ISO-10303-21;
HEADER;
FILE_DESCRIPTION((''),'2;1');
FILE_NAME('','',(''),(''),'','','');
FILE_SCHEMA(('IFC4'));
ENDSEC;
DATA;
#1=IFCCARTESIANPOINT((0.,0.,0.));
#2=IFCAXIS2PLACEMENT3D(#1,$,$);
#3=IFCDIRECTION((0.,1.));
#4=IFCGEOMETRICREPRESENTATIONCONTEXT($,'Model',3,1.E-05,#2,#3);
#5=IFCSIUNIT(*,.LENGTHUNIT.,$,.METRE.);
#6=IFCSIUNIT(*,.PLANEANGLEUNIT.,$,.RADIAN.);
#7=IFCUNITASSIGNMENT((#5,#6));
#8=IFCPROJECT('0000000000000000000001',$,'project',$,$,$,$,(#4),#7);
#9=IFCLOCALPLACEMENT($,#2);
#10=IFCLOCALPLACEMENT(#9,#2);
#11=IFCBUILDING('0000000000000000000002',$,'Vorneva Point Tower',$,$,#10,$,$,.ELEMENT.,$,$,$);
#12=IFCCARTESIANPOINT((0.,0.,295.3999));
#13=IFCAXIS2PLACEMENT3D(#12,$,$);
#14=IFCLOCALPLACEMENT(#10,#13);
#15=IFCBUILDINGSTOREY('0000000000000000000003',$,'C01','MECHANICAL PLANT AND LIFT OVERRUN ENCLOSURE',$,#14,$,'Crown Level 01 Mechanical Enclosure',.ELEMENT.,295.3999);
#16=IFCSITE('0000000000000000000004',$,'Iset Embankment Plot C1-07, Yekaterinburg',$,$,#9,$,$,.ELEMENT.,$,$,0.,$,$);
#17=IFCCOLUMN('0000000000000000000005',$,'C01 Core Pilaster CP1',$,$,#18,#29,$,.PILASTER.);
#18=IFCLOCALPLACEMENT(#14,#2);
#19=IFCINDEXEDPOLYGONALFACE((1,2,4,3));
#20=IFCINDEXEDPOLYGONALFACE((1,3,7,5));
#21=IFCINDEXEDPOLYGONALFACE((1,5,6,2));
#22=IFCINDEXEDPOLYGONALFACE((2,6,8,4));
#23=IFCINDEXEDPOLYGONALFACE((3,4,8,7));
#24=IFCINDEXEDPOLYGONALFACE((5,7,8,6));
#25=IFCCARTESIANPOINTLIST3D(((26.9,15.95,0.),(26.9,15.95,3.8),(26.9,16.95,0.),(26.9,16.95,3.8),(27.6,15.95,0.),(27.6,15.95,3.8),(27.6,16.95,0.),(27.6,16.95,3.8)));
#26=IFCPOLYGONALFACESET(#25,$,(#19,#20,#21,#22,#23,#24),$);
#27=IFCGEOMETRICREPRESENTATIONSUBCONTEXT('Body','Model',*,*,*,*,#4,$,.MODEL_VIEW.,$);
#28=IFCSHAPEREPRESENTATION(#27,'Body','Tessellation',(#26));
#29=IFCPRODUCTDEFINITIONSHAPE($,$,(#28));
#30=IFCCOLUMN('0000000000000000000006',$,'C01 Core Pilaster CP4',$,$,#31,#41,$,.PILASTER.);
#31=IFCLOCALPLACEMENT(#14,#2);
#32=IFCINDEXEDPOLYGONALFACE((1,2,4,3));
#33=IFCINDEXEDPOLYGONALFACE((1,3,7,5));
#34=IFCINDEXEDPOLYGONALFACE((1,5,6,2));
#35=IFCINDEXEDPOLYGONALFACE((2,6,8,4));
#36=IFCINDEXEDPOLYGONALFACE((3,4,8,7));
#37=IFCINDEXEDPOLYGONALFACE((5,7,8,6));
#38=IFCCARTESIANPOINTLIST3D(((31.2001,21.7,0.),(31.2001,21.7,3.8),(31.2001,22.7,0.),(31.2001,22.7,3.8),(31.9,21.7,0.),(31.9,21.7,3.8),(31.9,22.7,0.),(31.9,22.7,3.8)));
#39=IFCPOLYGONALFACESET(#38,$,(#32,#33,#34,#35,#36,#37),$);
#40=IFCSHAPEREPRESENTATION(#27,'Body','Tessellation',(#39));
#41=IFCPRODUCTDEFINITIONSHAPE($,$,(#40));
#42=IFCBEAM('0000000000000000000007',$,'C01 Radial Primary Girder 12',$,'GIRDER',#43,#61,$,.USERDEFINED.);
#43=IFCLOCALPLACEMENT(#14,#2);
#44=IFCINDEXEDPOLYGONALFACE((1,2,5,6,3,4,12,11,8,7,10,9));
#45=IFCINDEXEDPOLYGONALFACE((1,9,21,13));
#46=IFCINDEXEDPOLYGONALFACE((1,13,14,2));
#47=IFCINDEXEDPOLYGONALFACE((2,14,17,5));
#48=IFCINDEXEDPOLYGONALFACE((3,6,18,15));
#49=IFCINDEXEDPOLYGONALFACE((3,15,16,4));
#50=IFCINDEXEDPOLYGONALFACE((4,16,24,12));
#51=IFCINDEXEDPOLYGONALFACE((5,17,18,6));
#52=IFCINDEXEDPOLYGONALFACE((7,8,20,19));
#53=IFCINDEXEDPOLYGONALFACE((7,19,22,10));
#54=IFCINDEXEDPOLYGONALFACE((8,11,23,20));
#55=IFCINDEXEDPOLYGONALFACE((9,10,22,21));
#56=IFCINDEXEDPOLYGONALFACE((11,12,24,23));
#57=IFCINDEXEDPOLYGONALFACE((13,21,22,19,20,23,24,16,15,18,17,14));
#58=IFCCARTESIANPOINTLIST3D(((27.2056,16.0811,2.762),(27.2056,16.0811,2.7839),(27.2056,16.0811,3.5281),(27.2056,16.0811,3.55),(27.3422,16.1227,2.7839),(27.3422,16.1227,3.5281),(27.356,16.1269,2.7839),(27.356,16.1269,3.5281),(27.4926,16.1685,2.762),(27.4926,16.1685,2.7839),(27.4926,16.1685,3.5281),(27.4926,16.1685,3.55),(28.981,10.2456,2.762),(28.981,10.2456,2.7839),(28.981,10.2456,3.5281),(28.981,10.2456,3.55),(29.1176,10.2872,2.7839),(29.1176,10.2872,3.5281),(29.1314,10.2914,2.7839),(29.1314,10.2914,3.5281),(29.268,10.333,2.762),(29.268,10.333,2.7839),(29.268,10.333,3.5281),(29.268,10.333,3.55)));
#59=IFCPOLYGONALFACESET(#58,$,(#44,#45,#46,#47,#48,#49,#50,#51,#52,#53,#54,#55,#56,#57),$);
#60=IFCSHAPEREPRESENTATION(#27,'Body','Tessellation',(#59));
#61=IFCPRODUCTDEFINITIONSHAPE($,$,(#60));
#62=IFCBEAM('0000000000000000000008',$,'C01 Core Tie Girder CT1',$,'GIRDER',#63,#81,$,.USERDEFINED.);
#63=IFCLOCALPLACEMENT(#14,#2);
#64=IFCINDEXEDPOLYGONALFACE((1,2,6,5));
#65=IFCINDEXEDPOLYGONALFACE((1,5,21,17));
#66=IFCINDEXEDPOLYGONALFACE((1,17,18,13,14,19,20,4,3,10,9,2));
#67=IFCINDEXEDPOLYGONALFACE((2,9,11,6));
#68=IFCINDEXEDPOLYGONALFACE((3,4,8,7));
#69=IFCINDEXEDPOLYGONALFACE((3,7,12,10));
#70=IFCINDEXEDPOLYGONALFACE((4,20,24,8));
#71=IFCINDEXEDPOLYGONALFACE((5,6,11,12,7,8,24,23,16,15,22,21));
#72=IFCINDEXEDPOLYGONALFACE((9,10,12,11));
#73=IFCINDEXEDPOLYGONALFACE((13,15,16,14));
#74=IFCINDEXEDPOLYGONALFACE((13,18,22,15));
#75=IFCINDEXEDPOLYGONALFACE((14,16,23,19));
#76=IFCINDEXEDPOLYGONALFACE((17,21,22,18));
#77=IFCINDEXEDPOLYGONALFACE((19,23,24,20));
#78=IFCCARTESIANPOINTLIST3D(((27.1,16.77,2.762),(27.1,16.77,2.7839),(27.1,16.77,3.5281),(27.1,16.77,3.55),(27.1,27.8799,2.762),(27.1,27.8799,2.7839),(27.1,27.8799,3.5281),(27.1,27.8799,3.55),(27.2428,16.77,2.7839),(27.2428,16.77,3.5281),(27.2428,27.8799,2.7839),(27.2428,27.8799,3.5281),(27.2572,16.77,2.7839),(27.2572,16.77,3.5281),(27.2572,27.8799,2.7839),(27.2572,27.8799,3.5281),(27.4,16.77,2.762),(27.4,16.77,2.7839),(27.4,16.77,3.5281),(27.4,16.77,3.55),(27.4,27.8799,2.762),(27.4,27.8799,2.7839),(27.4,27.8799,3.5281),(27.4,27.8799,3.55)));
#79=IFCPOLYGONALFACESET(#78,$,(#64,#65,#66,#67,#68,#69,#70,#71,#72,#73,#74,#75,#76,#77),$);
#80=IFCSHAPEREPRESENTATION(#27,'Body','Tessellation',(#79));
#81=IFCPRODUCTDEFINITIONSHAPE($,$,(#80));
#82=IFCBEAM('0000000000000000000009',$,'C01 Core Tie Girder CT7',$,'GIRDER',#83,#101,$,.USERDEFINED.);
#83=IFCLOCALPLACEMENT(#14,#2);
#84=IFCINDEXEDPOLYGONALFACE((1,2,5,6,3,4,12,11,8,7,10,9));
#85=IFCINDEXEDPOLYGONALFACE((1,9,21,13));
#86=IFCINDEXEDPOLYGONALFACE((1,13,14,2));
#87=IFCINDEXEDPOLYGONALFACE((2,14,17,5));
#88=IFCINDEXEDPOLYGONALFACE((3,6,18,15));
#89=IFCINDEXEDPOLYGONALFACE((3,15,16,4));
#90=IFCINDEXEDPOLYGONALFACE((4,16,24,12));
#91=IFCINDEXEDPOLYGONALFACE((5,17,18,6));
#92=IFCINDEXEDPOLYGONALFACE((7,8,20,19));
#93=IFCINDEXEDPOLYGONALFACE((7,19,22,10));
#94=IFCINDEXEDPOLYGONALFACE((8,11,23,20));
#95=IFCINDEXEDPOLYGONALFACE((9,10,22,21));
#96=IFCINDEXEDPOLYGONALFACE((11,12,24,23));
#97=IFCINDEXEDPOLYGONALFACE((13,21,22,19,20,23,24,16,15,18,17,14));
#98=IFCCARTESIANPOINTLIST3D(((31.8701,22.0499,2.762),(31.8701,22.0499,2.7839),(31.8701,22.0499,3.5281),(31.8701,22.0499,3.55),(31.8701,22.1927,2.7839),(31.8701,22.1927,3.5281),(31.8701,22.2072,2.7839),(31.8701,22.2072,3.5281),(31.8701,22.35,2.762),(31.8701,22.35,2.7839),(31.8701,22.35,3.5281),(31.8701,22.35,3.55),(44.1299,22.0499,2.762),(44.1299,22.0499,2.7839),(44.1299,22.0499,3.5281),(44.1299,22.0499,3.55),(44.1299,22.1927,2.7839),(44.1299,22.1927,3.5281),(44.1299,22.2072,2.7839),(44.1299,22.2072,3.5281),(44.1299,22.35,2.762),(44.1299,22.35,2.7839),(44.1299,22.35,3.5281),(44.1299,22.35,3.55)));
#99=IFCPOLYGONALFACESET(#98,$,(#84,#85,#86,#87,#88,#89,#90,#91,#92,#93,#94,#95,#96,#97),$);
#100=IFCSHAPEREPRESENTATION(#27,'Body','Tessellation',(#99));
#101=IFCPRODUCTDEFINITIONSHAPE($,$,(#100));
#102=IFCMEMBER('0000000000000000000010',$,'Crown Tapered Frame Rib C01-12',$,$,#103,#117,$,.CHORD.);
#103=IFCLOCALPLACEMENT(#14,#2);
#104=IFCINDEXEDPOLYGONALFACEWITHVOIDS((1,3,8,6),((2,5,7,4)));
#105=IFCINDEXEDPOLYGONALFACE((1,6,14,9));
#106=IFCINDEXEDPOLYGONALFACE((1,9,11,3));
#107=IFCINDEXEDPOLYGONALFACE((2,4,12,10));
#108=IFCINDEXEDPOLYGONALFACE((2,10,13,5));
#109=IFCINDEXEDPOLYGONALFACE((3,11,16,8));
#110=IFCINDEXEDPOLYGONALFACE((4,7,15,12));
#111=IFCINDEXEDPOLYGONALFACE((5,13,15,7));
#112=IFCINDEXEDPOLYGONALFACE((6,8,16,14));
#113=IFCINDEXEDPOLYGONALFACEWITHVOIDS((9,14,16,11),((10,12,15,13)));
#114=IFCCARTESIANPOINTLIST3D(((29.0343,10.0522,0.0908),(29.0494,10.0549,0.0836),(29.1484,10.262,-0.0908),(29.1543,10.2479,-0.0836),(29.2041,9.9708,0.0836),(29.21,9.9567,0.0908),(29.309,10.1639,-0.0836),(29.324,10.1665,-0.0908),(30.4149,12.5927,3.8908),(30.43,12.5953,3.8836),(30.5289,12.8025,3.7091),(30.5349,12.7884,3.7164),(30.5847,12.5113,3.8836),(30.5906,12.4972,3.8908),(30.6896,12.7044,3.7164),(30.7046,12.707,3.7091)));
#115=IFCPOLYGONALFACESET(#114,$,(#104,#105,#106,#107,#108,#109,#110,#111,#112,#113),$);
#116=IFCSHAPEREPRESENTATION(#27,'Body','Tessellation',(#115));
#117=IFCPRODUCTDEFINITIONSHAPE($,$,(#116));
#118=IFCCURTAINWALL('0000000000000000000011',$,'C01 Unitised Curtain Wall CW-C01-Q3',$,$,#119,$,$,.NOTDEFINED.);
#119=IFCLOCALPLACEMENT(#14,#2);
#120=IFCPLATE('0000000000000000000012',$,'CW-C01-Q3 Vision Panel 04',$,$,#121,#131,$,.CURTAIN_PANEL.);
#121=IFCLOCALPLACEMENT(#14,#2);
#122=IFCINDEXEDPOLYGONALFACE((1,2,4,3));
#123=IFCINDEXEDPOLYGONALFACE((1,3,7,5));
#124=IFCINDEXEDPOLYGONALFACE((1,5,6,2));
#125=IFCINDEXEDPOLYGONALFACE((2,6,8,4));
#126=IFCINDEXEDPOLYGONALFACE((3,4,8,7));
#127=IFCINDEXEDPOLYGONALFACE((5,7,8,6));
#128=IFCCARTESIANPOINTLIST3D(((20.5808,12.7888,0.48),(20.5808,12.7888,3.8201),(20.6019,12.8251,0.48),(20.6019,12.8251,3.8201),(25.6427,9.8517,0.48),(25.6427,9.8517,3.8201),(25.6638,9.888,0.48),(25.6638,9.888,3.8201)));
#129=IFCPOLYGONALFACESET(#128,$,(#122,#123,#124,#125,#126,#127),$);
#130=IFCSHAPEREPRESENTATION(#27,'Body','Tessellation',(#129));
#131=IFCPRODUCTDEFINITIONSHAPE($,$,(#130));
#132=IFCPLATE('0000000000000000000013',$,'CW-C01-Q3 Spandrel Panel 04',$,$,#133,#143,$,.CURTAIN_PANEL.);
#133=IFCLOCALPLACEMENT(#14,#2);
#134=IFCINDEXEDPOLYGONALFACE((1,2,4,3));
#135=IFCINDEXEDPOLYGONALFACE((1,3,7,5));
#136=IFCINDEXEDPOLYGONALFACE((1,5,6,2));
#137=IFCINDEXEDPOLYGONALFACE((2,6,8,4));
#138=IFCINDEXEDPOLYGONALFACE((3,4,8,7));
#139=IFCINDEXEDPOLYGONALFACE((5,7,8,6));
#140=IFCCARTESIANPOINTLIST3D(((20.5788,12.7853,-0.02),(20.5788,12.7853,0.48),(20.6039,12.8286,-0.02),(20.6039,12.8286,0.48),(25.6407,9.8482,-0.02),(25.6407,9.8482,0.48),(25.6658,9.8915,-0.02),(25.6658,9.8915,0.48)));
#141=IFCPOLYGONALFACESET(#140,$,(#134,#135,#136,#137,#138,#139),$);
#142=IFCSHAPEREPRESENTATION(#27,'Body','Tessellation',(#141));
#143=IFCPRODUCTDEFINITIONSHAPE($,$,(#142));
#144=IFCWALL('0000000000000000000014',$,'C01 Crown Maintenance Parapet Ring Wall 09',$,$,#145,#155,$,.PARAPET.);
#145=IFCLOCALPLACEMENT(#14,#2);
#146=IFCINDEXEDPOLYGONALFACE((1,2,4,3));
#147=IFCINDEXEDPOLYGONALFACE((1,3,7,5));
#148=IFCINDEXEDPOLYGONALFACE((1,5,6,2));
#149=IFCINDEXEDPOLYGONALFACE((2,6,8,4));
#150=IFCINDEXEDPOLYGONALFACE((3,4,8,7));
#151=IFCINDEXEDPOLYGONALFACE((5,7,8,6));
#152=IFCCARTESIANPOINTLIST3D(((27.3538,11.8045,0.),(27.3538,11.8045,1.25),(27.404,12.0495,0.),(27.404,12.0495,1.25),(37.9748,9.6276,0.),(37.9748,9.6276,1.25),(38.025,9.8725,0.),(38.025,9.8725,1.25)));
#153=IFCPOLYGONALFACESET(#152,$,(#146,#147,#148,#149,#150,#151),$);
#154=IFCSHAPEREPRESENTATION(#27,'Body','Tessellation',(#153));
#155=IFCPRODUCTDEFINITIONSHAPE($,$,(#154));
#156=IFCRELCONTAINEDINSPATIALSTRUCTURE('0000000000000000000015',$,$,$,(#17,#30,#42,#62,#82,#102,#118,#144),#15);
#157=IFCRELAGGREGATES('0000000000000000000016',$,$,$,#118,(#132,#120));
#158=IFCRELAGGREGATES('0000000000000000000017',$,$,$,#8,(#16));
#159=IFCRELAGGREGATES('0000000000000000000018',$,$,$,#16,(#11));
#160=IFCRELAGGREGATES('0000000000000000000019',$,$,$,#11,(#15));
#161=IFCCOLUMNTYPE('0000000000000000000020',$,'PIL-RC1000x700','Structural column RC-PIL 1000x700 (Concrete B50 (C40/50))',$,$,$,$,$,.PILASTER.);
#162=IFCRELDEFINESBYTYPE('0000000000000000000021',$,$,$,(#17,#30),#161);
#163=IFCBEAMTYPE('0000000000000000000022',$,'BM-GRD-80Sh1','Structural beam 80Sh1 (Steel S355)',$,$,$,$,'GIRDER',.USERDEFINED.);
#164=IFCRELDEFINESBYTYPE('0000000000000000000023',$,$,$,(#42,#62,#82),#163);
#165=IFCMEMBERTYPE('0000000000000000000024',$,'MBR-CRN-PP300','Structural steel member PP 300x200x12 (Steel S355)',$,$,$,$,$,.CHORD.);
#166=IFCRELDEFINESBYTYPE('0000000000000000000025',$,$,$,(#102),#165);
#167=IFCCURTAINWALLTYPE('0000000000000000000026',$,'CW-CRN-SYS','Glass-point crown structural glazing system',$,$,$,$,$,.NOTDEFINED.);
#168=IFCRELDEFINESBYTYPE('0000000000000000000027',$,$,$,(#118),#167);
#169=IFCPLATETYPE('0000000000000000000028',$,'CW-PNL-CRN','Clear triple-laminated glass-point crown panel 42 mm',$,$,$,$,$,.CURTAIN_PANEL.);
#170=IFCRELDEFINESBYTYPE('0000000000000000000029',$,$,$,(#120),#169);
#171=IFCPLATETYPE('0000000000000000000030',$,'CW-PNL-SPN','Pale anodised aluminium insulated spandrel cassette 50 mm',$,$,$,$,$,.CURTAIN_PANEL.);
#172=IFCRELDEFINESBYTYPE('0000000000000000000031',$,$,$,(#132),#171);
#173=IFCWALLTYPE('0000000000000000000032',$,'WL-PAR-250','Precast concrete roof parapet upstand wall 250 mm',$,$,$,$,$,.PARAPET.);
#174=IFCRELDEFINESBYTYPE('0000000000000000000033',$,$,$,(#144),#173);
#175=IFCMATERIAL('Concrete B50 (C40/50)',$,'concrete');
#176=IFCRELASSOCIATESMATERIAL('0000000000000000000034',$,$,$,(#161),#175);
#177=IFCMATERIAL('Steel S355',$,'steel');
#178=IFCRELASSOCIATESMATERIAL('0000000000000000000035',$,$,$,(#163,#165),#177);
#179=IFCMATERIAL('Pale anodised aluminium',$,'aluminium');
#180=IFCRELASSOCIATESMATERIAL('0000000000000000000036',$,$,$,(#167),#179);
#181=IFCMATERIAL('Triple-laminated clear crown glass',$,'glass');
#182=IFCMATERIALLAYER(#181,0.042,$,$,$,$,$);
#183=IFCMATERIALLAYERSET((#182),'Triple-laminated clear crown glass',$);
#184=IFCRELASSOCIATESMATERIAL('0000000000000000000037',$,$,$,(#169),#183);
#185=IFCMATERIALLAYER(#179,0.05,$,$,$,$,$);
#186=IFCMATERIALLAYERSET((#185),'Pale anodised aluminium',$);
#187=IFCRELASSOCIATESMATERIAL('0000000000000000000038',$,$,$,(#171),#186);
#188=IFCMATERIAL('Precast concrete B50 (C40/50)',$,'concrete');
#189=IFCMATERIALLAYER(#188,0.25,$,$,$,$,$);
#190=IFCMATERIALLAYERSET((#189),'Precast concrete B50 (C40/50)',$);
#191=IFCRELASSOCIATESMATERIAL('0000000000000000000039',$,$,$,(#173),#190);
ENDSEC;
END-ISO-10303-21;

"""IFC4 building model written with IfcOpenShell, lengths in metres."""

from ifc_helpers import new_model, si_unit, direction, frame, frame_2d, origin, origin_2d, place, context, subcontext, project, spatial, rectangle, hollow_rectangle, i_section, extrude, material, layer, layer_set, material_profile, profile_set, type_object, element, aggregate, save


model = new_model("IFC4")

# Units and contexts
model_context = context("Model", 3, precision=1e-05, world=origin(), true_north=direction((0.0, 1.0)))
body_context = subcontext(model_context, "Body", "Model", "MODEL_VIEW")
ifc_project = project(units=[si_unit("LENGTHUNIT", "METRE"), si_unit("PLANEANGLEUNIT", "RADIAN")], contexts=[model_context])

# Site, building, storey
site_placement = place(None, origin())
site = spatial("IfcSite", under=ifc_project, at=site_placement, Name="Iset Embankment Plot C1-07, Yekaterinburg", CompositionType="ELEMENT", RefElevation=0.0)
building_placement = place(site_placement, origin())
building = spatial("IfcBuilding", under=site, at=building_placement, Name="Vorneva Point Tower", CompositionType="ELEMENT")
storey_placement = place(building_placement, frame((0.0, 0.0, 295.3999)))
storey = spatial("IfcBuildingStorey", under=building, at=storey_placement, Name="C01", Description="MECHANICAL PLANT AND LIFT OVERRUN ENCLOSURE", LongName="Crown Level 01 Mechanical Enclosure", CompositionType="ELEMENT", Elevation=295.3999)

# Columns
ifc_material_1 = material(Name="Concrete B50 (C40/50)", Category="concrete")
ifc_material_profile_1 = material_profile(ifc_material_1, rectangle(XDim=0.7, YDim=1.0, at=origin_2d()), Name="RC-PIL 1000x700")
ifc_profile_set_1 = profile_set([ifc_material_profile_1], Name="Concrete B50 (C40/50)")
column_type = type_object("IfcColumnType", Name="PIL-RC1000x700", Description="Structural column RC-PIL 1000x700 (Concrete B50 (C40/50))", PredefinedType="PILASTER", material=ifc_profile_set_1)
for number, where, z_axis, x_axis, name in (
    (1, (27.25, 16.45, 0.0), (0.0, 0.0, 1.0), (1.0, 0.0, 0.0), "C01 Core Pilaster CP1"),
    (2, (31.55, 22.2, 0.0), (0.0, 0.0, 1.0), (1.0, 0.0, 0.0), "C01 Core Pilaster CP4"),
):
    element("IfcColumn", number, at=place(storey_placement, frame(where, z_axis=z_axis, x_axis=x_axis)), inside=storey, type_object=column_type, Name=name, PredefinedType="PILASTER", context=body_context, shape_type="SweptSolid", body=[
        extrude(rectangle(XDim=0.7, YDim=1.0, at=origin_2d()), origin(), (0.0, 0.0, 1.0), 3.8),
    ])

# Beams
ifc_material_2 = material(Name="Steel S355", Category="steel")
ifc_material_profile_2 = material_profile(ifc_material_2, i_section(OverallWidth=0.3, OverallDepth=0.7881, WebThickness=0.0144, FlangeThickness=0.022, at=origin_2d()), Name="80Sh1")
ifc_profile_set_2 = profile_set([ifc_material_profile_2], Name="Steel S355")
beam_type = type_object("IfcBeamType", Name="BM-GRD-80Sh1", Description="Structural beam 80Sh1 (Steel S355)", ElementType="GIRDER", PredefinedType="USERDEFINED", material=ifc_profile_set_2)
beam_1_placement = place(storey_placement, frame((29.1245, 10.2893, 3.156), z_axis=(-0.291069, 0.956702, 0.0), x_axis=(-0.956702, -0.291069, 0.0)))
element("IfcBeam", 3, at=beam_1_placement, inside=storey, type_object=beam_type, Name="C01 Radial Primary Girder 12", ObjectType="GIRDER", PredefinedType="USERDEFINED", context=body_context, shape_type="SweptSolid", body=[
    extrude(i_section(OverallWidth=0.3, OverallDepth=0.7881, WebThickness=0.0144, FlangeThickness=0.022, at=origin_2d()), origin(), (0.0, 0.0, 1.0), 6.0996),
])
beam_2_placement = place(storey_placement, frame((27.25, 16.77, 3.156), z_axis=(0.0, 1.0, 0.0), x_axis=(-1.0, 0.0, 0.0)))
element("IfcBeam", 4, at=beam_2_placement, inside=storey, type_object=beam_type, Name="C01 Core Tie Girder CT1", ObjectType="GIRDER", PredefinedType="USERDEFINED", context=body_context, shape_type="SweptSolid", body=[
    extrude(i_section(OverallWidth=0.3, OverallDepth=0.7881, WebThickness=0.0144, FlangeThickness=0.022, at=origin_2d()), origin(), (0.0, 0.0, 1.0), 11.1099),
])
beam_3_placement = place(storey_placement, frame((31.8701, 22.2, 3.156), z_axis=(1.0, 0.0, 0.0), x_axis=(0.0, 1.0, 0.0)))
element("IfcBeam", 5, at=beam_3_placement, inside=storey, type_object=beam_type, Name="C01 Core Tie Girder CT7", ObjectType="GIRDER", PredefinedType="USERDEFINED", context=body_context, shape_type="SweptSolid", body=[
    extrude(i_section(OverallWidth=0.3, OverallDepth=0.7881, WebThickness=0.0144, FlangeThickness=0.022, at=origin_2d()), origin(), (0.0, 0.0, 1.0), 12.2598),
])

# Member
ifc_material_profile_3 = material_profile(ifc_material_2, hollow_rectangle(XDim=0.2, YDim=0.3, WallThickness=0.012, at=origin_2d()), Name="PP 300x200x12")
ifc_profile_set_3 = profile_set([ifc_material_profile_3], Name="Steel S355")
member_type = type_object("IfcMemberType", Name="MBR-CRN-PP300", Description="Structural steel member PP 300x200x12 (Steel S355)", PredefinedType="CHORD", material=ifc_profile_set_3)
member_placement = place(storey_placement, frame((29.1792, 10.1094, 0.0), z_axis=(0.289133, 0.532046, 0.79582), x_axis=(-0.87864, 0.477485, 0.0)))
element("IfcMember", 6, at=member_placement, inside=storey, type_object=member_type, Name="Crown Tapered Frame Rib C01-12", PredefinedType="CHORD", context=body_context, shape_type="SweptSolid", body=[
    extrude(hollow_rectangle(XDim=0.2, YDim=0.3, WallThickness=0.012, at=origin_2d()), origin(), (0.0, 0.0, 1.0), 4.7749),
])

# Curtain wall, plates
ifc_material_3 = material(Name="Pale anodised aluminium", Category="aluminium")
curtain_wall_type = type_object("IfcCurtainWallType", Name="CW-CRN-SYS", Description="Glass-point crown structural glazing system", PredefinedType="NOTDEFINED", material=ifc_material_3)
curtain_wall_placement = place(storey_placement, origin())
curtain_wall = element("IfcCurtainWall", 7, at=curtain_wall_placement, inside=storey, type_object=curtain_wall_type, Name="C01 Unitised Curtain Wall CW-C01-Q3", PredefinedType="NOTDEFINED")
ifc_material_4 = material(Name="Triple-laminated clear crown glass", Category="glass")
ifc_layer_1 = layer(ifc_material_4, 0.042)
ifc_layer_set_1 = layer_set([ifc_layer_1], Name="Triple-laminated clear crown glass")
plate_type_1 = type_object("IfcPlateType", Name="CW-PNL-CRN", Description="Clear triple-laminated glass-point crown panel 42 mm", PredefinedType="CURTAIN_PANEL", material=ifc_layer_set_1)
plate_1_placement = place(storey_placement, frame((23.1223, 11.3384, 0.48), z_axis=(0.0, 0.0, 1.0), x_axis=(0.864941, -0.501873, 0.0)))
plate_1 = element("IfcPlate", 8, at=plate_1_placement, type_object=plate_type_1, Name="CW-C01-Q3 Vision Panel 04", PredefinedType="CURTAIN_PANEL", context=body_context, shape_type="SweptSolid", body=[
    extrude(rectangle(XDim=5.8523, YDim=0.042, at=origin_2d()), origin(), (0.0, 0.0, 1.0), 3.3401),
])
ifc_layer_2 = layer(ifc_material_3, 0.05)
ifc_layer_set_2 = layer_set([ifc_layer_2], Name="Pale anodised aluminium")
plate_type_2 = type_object("IfcPlateType", Name="CW-PNL-SPN", Description="Pale anodised aluminium insulated spandrel cassette 50 mm", PredefinedType="CURTAIN_PANEL", material=ifc_layer_set_2)
plate_2_placement = place(storey_placement, frame((23.1223, 11.3384, -0.02), z_axis=(0.0, 0.0, 1.0), x_axis=(0.864941, -0.501873, 0.0)))
plate_2 = element("IfcPlate", 9, at=plate_2_placement, type_object=plate_type_2, Name="CW-C01-Q3 Spandrel Panel 04", PredefinedType="CURTAIN_PANEL", context=body_context, shape_type="SweptSolid", body=[
    extrude(rectangle(XDim=5.8523, YDim=0.05, at=origin_2d()), origin(), (0.0, 0.0, 1.0), 0.5),
])
aggregate(curtain_wall, [plate_2, plate_1])

# Wall
ifc_material_5 = material(Name="Precast concrete B50 (C40/50)", Category="concrete")
ifc_layer_3 = layer(ifc_material_5, 0.25)
ifc_layer_set_3 = layer_set([ifc_layer_3], Name="Precast concrete B50 (C40/50)")
wall_type_1 = type_object("IfcWallType", Name="WL-PAR-250", Description="Precast concrete roof parapet upstand wall 250 mm", PredefinedType="PARAPET", material=ifc_layer_set_3)
wall_1_placement = place(storey_placement, frame((27.3789, 11.927, 0.0), z_axis=(0.0, 0.0, 1.0), x_axis=(0.979633, -0.200795, 0.0)))
element("IfcWall", 10, at=wall_1_placement, inside=storey, type_object=wall_type_1, Name="C01 Crown Maintenance Parapet Ring Wall 09", PredefinedType="PARAPET", context=body_context, shape_type="SweptSolid", body=[
    extrude(rectangle(XDim=10.8418, YDim=0.25, at=frame_2d((5.4209, 0.0))), origin(), (0.0, 0.0, 1.0), 1.25),
])

save(model, "model.ifc")
